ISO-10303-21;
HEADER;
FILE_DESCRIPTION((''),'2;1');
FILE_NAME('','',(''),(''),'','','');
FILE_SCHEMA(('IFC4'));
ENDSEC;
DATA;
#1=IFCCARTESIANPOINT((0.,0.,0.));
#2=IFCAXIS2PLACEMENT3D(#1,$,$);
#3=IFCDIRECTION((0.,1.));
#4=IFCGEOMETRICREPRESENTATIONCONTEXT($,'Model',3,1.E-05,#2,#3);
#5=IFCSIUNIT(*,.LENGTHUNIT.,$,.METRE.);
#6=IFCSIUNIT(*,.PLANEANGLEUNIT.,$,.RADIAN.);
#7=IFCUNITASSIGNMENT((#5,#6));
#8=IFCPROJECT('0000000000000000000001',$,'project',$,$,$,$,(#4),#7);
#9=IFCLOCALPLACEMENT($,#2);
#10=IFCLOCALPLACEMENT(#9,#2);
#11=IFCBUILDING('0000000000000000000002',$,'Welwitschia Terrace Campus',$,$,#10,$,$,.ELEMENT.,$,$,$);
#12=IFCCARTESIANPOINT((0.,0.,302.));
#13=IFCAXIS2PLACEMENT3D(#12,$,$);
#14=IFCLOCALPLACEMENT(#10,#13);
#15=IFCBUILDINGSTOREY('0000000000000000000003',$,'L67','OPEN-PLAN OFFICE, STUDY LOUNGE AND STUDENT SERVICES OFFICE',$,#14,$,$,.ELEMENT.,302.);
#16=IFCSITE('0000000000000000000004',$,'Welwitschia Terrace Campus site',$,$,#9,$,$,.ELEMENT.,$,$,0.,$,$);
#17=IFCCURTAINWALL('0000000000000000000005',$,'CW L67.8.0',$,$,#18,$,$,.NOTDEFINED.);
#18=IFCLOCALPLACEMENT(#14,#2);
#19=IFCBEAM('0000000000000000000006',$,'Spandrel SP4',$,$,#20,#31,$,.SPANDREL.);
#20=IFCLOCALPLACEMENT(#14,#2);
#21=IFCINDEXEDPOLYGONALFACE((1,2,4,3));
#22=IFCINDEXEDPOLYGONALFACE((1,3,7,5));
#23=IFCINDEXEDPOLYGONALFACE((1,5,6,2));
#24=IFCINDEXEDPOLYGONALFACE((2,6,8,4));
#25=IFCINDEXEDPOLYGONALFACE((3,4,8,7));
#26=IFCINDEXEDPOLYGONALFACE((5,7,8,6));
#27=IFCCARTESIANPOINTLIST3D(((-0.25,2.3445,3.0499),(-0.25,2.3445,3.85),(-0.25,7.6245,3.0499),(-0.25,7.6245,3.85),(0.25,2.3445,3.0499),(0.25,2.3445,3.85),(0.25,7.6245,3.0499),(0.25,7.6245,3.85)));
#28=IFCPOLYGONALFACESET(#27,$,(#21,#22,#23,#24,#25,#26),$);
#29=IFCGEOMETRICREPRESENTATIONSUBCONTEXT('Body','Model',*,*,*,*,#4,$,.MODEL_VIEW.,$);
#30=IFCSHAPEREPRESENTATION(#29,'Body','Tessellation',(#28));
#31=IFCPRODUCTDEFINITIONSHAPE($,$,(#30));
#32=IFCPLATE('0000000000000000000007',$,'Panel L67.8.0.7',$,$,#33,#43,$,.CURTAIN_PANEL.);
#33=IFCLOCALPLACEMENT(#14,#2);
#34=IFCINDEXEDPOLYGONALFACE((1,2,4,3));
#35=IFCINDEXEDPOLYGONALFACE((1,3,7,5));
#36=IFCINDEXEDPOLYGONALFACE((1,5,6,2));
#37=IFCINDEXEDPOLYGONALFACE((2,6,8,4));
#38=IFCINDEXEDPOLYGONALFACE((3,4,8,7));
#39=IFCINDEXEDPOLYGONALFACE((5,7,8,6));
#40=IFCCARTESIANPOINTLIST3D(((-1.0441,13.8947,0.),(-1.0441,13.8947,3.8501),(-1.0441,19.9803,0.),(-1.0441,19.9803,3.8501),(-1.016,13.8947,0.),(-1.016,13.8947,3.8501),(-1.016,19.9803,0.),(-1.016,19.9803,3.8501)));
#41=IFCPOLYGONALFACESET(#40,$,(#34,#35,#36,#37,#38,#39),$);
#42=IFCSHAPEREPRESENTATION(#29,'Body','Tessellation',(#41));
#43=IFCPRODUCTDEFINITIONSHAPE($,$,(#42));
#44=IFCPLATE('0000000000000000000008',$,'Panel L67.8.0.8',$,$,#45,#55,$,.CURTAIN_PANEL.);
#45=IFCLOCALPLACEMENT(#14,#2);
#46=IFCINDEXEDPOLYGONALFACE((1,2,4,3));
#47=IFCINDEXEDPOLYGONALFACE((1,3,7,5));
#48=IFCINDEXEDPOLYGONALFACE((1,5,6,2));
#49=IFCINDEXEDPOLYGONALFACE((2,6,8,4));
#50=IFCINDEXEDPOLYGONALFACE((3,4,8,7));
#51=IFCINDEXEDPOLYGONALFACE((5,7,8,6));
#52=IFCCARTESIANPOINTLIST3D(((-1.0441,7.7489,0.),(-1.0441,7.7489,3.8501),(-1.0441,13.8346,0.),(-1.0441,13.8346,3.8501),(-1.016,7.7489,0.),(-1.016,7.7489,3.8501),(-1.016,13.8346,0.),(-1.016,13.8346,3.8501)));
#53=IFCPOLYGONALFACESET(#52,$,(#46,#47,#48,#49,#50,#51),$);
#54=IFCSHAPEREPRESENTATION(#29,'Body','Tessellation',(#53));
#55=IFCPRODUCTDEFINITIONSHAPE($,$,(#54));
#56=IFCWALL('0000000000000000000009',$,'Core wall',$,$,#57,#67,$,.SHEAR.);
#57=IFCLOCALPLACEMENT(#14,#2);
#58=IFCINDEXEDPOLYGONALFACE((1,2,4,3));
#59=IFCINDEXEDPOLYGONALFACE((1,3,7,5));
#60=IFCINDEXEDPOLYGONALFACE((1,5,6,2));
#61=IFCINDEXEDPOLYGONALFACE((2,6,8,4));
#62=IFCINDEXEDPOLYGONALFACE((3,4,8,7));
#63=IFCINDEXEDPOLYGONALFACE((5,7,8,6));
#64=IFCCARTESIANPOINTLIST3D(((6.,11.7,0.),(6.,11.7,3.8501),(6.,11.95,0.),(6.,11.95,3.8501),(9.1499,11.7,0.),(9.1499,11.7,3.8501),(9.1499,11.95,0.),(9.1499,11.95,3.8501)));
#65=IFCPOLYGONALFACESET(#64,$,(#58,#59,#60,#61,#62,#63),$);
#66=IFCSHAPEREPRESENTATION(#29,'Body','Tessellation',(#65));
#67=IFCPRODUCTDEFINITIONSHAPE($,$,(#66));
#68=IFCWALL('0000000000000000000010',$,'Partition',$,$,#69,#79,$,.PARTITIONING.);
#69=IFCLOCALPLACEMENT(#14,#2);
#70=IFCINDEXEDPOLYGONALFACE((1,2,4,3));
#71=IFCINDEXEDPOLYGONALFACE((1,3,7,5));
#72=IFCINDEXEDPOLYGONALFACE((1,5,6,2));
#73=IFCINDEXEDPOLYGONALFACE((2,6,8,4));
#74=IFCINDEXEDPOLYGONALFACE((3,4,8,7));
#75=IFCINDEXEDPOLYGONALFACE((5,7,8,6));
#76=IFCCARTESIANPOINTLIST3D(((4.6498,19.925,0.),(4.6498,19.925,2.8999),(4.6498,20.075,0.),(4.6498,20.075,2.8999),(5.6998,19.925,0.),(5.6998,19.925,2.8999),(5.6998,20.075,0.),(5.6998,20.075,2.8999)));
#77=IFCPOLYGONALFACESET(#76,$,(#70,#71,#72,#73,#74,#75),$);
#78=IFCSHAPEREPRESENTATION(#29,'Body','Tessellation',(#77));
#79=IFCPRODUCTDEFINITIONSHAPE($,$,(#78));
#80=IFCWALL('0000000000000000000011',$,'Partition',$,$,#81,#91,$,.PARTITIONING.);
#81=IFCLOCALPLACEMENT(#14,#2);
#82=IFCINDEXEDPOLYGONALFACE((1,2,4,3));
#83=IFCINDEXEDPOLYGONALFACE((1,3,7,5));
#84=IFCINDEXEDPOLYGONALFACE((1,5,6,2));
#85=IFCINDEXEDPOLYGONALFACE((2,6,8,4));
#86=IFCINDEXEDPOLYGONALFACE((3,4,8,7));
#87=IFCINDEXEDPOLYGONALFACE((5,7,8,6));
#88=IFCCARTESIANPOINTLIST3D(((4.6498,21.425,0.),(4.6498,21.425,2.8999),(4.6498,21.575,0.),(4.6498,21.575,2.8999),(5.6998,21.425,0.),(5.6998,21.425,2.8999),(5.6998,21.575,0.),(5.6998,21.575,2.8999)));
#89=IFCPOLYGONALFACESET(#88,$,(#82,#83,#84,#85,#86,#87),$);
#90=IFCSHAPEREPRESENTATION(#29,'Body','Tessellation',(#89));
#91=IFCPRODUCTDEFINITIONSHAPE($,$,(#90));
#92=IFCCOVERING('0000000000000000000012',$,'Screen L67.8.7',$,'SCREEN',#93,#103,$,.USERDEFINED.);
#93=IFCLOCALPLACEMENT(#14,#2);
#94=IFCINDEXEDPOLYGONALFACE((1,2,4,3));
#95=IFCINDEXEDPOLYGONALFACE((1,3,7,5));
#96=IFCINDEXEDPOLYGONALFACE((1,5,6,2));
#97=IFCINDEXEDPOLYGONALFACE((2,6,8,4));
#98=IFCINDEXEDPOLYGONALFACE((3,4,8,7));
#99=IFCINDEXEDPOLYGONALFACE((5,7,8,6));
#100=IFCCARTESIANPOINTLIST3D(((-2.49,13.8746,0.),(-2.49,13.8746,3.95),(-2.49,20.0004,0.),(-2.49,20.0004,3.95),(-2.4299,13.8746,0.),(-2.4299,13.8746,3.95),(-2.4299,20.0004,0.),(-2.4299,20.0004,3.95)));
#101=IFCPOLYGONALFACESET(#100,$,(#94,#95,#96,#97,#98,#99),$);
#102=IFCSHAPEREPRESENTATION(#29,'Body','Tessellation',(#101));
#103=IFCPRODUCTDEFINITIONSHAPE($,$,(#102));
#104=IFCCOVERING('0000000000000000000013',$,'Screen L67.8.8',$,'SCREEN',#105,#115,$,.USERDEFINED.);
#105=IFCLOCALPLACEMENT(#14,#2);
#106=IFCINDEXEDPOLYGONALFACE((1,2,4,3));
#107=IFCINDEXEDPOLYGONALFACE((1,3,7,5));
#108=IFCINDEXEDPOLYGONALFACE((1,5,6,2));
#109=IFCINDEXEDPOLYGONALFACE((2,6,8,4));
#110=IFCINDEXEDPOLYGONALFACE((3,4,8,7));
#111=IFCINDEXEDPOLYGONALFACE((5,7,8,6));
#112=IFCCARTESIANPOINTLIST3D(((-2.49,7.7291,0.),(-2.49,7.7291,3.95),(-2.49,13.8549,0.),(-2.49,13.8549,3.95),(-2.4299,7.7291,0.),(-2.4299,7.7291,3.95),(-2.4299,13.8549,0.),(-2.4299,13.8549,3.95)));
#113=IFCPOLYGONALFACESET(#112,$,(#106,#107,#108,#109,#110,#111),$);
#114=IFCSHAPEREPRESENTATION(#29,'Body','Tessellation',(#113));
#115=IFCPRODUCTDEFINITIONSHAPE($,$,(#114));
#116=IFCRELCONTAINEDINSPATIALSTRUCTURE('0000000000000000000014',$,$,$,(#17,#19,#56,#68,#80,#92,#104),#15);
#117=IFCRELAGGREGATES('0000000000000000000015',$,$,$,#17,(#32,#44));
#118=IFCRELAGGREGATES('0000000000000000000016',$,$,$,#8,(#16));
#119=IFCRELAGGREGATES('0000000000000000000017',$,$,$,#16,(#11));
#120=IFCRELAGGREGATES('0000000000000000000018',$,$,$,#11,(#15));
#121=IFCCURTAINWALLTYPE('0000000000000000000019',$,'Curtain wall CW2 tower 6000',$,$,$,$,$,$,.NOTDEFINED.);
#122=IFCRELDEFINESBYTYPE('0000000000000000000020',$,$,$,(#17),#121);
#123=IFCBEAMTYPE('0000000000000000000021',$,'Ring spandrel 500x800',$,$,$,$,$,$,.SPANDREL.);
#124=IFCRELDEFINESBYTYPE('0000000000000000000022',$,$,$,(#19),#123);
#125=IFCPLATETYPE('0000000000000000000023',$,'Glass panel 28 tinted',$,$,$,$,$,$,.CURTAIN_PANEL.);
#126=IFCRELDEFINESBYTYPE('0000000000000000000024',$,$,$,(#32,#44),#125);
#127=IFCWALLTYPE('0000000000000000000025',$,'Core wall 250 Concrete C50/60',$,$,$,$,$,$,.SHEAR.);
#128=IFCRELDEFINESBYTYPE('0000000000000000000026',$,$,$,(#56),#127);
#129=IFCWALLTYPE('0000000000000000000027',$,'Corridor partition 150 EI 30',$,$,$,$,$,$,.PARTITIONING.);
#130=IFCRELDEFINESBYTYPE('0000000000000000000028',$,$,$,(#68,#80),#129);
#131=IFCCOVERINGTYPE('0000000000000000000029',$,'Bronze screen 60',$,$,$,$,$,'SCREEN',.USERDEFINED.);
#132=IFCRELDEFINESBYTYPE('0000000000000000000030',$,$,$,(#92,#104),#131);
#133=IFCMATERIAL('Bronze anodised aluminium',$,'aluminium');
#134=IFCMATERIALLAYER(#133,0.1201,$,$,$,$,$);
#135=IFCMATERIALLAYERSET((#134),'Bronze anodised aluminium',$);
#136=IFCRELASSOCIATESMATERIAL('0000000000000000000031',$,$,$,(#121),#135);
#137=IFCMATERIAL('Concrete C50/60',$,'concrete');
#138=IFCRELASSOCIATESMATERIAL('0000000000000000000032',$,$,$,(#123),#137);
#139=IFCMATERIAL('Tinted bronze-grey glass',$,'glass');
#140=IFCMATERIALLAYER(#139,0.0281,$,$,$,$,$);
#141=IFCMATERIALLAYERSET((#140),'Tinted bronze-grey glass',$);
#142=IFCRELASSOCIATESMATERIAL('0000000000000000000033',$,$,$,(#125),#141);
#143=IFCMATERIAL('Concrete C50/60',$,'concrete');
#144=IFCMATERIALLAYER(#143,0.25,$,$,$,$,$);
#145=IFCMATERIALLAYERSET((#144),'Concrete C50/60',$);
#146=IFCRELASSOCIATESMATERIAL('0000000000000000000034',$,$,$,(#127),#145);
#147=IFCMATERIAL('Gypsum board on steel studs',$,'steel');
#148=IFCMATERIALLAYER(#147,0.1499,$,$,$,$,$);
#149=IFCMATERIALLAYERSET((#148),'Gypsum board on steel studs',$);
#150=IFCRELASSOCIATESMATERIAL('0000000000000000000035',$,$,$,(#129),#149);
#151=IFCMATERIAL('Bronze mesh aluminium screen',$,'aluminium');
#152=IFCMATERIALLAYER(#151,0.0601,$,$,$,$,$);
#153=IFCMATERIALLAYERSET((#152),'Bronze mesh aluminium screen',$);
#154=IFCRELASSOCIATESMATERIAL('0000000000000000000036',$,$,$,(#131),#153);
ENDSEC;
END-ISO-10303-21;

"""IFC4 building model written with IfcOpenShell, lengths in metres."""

from ifc_helpers import new_model, si_unit, direction, frame, frame_2d, origin, origin_2d, place, context, subcontext, project, spatial, rectangle, extrude, material, layer, layer_set, material_profile, profile_set, type_object, element, aggregate, save


model = new_model("IFC4")

# Units and contexts
model_context = context("Model", 3, precision=1e-05, world=origin(), true_north=direction((0.0, 1.0)))
body_context = subcontext(model_context, "Body", "Model", "MODEL_VIEW")
ifc_project = project(units=[si_unit("LENGTHUNIT", "METRE"), si_unit("PLANEANGLEUNIT", "RADIAN")], contexts=[model_context])

# Site, building, storey
site_placement = place(None, origin())
site = spatial("IfcSite", under=ifc_project, at=site_placement, Name="Welwitschia Terrace Campus site", CompositionType="ELEMENT", RefElevation=0.0)
building_placement = place(site_placement, origin())
building = spatial("IfcBuilding", under=site, at=building_placement, Name="Welwitschia Terrace Campus", CompositionType="ELEMENT")
storey_placement = place(building_placement, frame((0.0, 0.0, 302.0)))
storey = spatial("IfcBuildingStorey", under=building, at=storey_placement, Name="L67", Description="OPEN-PLAN OFFICE, STUDY LOUNGE AND STUDENT SERVICES OFFICE", CompositionType="ELEMENT", Elevation=302.0)

# Curtain wall
ifc_material_1 = material(Name="Bronze anodised aluminium", Category="aluminium")
ifc_layer_1 = layer(ifc_material_1, 0.1201)
ifc_layer_set_1 = layer_set([ifc_layer_1], Name="Bronze anodised aluminium")
curtain_wall_type = type_object("IfcCurtainWallType", Name="Curtain wall CW2 tower 6000", PredefinedType="NOTDEFINED", material=ifc_layer_set_1)
curtain_wall_placement = place(storey_placement, origin())
curtain_wall = element("IfcCurtainWall", 1, at=curtain_wall_placement, inside=storey, type_object=curtain_wall_type, Name="CW L67.8.0", PredefinedType="NOTDEFINED")

# Beam
ifc_material_2 = material(Name="Concrete C50/60", Category="concrete")
ifc_material_profile_1 = material_profile(ifc_material_2, rectangle(XDim=0.5, YDim=0.8, at=origin_2d()))
ifc_profile_set_1 = profile_set([ifc_material_profile_1], Name="Concrete C50/60")
beam_type_1 = type_object("IfcBeamType", Name="Ring spandrel 500x800", PredefinedType="SPANDREL", material=ifc_profile_set_1)
beam_placement = place(storey_placement, frame((0.0, 7.6245, 3.45), z_axis=(0.0, -1.0, 0.0), x_axis=(1.0, 0.0, 0.0)))
element("IfcBeam", 2, at=beam_placement, inside=storey, type_object=beam_type_1, Name="Spandrel SP4", PredefinedType="SPANDREL", context=body_context, shape_type="SweptSolid", body=[
    extrude(rectangle(XDim=0.5, YDim=0.8, at=origin_2d()), origin(), (0.0, 0.0, 1.0), 5.28),
])

# Plates
ifc_material_3 = material(Name="Tinted bronze-grey glass", Category="glass")
ifc_layer_2 = layer(ifc_material_3, 0.0281)
ifc_layer_set_2 = layer_set([ifc_layer_2], Name="Tinted bronze-grey glass")
plate_type = type_object("IfcPlateType", Name="Glass panel 28 tinted", PredefinedType="CURTAIN_PANEL", material=ifc_layer_set_2)
plate_1_placement = place(storey_placement, frame((-1.03, 16.9375, 0.0), z_axis=(0.0, 0.0, 1.0), x_axis=(0.0, -1.0, 0.0)))
plate_1 = element("IfcPlate", 3, at=plate_1_placement, type_object=plate_type, Name="Panel L67.8.0.7", PredefinedType="CURTAIN_PANEL", context=body_context, shape_type="SweptSolid", body=[
    extrude(rectangle(XDim=6.0857, YDim=0.0281, at=origin_2d()), origin(), (0.0, 0.0, 1.0), 3.8501),
])
plate_2_placement = place(storey_placement, frame((-1.03, 10.7917, 0.0), z_axis=(0.0, 0.0, 1.0), x_axis=(0.0, -1.0, 0.0)))
plate_2 = element("IfcPlate", 4, at=plate_2_placement, type_object=plate_type, Name="Panel L67.8.0.8", PredefinedType="CURTAIN_PANEL", context=body_context, shape_type="SweptSolid", body=[
    extrude(rectangle(XDim=6.0857, YDim=0.0281, at=origin_2d()), origin(), (0.0, 0.0, 1.0), 3.8501),
])
aggregate(curtain_wall, [plate_1, plate_2])

# Walls
ifc_material_4 = material(Name="Concrete C50/60", Category="concrete")
ifc_layer_3 = layer(ifc_material_4, 0.25)
ifc_layer_set_3 = layer_set([ifc_layer_3], Name="Concrete C50/60")
wall_type_1 = type_object("IfcWallType", Name="Core wall 250 Concrete C50/60", PredefinedType="SHEAR", material=ifc_layer_set_3)
wall_placement = place(storey_placement, frame((6.0, 11.825, 0.0), z_axis=(0.0, 0.0, 1.0), x_axis=(1.0, 0.0, 0.0)))
element("IfcWall", 5, at=wall_placement, inside=storey, type_object=wall_type_1, Name="Core wall", PredefinedType="SHEAR", context=body_context, shape_type="SweptSolid", body=[
    extrude(rectangle(XDim=3.1499, YDim=0.25, at=frame_2d((1.575, 0.0))), origin(), (0.0, 0.0, 1.0), 3.8501),
])
ifc_material_5 = material(Name="Gypsum board on steel studs", Category="steel")
ifc_layer_4 = layer(ifc_material_5, 0.1499)
ifc_layer_set_4 = layer_set([ifc_layer_4], Name="Gypsum board on steel studs")
wall_type_2 = type_object("IfcWallType", Name="Corridor partition 150 EI 30", PredefinedType="PARTITIONING", material=ifc_layer_set_4)
for number, where, z_axis, x_axis, name in (
    (6, (4.6499, 20.0, 0.0), (0.0, 0.0, 1.0), (1.0, 0.0, 0.0), "Partition"),
    (7, (4.6499, 21.5, 0.0), (0.0, 0.0, 1.0), (1.0, 0.0, 0.0), "Partition"),
):
    element("IfcWall", number, at=place(storey_placement, frame(where, z_axis=z_axis, x_axis=x_axis)), inside=storey, type_object=wall_type_2, Name=name, PredefinedType="PARTITIONING", context=body_context, shape_type="SweptSolid", body=[
        extrude(rectangle(XDim=1.05, YDim=0.1499, at=frame_2d((0.5249, 0.0))), origin(), (0.0, 0.0, 1.0), 2.8999),
    ])

# Coverings
ifc_material_6 = material(Name="Bronze mesh aluminium screen", Category="aluminium")
ifc_layer_5 = layer(ifc_material_6, 0.0601)
ifc_layer_set_5 = layer_set([ifc_layer_5], Name="Bronze mesh aluminium screen")
covering_type = type_object("IfcCoveringType", Name="Bronze screen 60", ElementType="SCREEN", PredefinedType="USERDEFINED", material=ifc_layer_set_5)
for number, where, z_axis, x_axis, name in (
    (8, (-2.46, 16.9375, 0.0), (0.0, 0.0, 1.0), (0.0, -1.0, 0.0), "Screen L67.8.7"),
    (9, (-2.46, 10.792, 0.0), (0.0, 0.0, 1.0), (0.0, -1.0, 0.0), "Screen L67.8.8"),
):
    element("IfcCovering", number, at=place(storey_placement, frame(where, z_axis=z_axis, x_axis=x_axis)), inside=storey, type_object=covering_type, Name=name, ObjectType="SCREEN", PredefinedType="USERDEFINED", context=body_context, shape_type="SweptSolid", body=[
        extrude(rectangle(XDim=6.1257, YDim=0.0601, at=origin_2d()), origin(), (0.0, 0.0, 1.0), 3.95),
    ])

save(model, "model.ifc")
